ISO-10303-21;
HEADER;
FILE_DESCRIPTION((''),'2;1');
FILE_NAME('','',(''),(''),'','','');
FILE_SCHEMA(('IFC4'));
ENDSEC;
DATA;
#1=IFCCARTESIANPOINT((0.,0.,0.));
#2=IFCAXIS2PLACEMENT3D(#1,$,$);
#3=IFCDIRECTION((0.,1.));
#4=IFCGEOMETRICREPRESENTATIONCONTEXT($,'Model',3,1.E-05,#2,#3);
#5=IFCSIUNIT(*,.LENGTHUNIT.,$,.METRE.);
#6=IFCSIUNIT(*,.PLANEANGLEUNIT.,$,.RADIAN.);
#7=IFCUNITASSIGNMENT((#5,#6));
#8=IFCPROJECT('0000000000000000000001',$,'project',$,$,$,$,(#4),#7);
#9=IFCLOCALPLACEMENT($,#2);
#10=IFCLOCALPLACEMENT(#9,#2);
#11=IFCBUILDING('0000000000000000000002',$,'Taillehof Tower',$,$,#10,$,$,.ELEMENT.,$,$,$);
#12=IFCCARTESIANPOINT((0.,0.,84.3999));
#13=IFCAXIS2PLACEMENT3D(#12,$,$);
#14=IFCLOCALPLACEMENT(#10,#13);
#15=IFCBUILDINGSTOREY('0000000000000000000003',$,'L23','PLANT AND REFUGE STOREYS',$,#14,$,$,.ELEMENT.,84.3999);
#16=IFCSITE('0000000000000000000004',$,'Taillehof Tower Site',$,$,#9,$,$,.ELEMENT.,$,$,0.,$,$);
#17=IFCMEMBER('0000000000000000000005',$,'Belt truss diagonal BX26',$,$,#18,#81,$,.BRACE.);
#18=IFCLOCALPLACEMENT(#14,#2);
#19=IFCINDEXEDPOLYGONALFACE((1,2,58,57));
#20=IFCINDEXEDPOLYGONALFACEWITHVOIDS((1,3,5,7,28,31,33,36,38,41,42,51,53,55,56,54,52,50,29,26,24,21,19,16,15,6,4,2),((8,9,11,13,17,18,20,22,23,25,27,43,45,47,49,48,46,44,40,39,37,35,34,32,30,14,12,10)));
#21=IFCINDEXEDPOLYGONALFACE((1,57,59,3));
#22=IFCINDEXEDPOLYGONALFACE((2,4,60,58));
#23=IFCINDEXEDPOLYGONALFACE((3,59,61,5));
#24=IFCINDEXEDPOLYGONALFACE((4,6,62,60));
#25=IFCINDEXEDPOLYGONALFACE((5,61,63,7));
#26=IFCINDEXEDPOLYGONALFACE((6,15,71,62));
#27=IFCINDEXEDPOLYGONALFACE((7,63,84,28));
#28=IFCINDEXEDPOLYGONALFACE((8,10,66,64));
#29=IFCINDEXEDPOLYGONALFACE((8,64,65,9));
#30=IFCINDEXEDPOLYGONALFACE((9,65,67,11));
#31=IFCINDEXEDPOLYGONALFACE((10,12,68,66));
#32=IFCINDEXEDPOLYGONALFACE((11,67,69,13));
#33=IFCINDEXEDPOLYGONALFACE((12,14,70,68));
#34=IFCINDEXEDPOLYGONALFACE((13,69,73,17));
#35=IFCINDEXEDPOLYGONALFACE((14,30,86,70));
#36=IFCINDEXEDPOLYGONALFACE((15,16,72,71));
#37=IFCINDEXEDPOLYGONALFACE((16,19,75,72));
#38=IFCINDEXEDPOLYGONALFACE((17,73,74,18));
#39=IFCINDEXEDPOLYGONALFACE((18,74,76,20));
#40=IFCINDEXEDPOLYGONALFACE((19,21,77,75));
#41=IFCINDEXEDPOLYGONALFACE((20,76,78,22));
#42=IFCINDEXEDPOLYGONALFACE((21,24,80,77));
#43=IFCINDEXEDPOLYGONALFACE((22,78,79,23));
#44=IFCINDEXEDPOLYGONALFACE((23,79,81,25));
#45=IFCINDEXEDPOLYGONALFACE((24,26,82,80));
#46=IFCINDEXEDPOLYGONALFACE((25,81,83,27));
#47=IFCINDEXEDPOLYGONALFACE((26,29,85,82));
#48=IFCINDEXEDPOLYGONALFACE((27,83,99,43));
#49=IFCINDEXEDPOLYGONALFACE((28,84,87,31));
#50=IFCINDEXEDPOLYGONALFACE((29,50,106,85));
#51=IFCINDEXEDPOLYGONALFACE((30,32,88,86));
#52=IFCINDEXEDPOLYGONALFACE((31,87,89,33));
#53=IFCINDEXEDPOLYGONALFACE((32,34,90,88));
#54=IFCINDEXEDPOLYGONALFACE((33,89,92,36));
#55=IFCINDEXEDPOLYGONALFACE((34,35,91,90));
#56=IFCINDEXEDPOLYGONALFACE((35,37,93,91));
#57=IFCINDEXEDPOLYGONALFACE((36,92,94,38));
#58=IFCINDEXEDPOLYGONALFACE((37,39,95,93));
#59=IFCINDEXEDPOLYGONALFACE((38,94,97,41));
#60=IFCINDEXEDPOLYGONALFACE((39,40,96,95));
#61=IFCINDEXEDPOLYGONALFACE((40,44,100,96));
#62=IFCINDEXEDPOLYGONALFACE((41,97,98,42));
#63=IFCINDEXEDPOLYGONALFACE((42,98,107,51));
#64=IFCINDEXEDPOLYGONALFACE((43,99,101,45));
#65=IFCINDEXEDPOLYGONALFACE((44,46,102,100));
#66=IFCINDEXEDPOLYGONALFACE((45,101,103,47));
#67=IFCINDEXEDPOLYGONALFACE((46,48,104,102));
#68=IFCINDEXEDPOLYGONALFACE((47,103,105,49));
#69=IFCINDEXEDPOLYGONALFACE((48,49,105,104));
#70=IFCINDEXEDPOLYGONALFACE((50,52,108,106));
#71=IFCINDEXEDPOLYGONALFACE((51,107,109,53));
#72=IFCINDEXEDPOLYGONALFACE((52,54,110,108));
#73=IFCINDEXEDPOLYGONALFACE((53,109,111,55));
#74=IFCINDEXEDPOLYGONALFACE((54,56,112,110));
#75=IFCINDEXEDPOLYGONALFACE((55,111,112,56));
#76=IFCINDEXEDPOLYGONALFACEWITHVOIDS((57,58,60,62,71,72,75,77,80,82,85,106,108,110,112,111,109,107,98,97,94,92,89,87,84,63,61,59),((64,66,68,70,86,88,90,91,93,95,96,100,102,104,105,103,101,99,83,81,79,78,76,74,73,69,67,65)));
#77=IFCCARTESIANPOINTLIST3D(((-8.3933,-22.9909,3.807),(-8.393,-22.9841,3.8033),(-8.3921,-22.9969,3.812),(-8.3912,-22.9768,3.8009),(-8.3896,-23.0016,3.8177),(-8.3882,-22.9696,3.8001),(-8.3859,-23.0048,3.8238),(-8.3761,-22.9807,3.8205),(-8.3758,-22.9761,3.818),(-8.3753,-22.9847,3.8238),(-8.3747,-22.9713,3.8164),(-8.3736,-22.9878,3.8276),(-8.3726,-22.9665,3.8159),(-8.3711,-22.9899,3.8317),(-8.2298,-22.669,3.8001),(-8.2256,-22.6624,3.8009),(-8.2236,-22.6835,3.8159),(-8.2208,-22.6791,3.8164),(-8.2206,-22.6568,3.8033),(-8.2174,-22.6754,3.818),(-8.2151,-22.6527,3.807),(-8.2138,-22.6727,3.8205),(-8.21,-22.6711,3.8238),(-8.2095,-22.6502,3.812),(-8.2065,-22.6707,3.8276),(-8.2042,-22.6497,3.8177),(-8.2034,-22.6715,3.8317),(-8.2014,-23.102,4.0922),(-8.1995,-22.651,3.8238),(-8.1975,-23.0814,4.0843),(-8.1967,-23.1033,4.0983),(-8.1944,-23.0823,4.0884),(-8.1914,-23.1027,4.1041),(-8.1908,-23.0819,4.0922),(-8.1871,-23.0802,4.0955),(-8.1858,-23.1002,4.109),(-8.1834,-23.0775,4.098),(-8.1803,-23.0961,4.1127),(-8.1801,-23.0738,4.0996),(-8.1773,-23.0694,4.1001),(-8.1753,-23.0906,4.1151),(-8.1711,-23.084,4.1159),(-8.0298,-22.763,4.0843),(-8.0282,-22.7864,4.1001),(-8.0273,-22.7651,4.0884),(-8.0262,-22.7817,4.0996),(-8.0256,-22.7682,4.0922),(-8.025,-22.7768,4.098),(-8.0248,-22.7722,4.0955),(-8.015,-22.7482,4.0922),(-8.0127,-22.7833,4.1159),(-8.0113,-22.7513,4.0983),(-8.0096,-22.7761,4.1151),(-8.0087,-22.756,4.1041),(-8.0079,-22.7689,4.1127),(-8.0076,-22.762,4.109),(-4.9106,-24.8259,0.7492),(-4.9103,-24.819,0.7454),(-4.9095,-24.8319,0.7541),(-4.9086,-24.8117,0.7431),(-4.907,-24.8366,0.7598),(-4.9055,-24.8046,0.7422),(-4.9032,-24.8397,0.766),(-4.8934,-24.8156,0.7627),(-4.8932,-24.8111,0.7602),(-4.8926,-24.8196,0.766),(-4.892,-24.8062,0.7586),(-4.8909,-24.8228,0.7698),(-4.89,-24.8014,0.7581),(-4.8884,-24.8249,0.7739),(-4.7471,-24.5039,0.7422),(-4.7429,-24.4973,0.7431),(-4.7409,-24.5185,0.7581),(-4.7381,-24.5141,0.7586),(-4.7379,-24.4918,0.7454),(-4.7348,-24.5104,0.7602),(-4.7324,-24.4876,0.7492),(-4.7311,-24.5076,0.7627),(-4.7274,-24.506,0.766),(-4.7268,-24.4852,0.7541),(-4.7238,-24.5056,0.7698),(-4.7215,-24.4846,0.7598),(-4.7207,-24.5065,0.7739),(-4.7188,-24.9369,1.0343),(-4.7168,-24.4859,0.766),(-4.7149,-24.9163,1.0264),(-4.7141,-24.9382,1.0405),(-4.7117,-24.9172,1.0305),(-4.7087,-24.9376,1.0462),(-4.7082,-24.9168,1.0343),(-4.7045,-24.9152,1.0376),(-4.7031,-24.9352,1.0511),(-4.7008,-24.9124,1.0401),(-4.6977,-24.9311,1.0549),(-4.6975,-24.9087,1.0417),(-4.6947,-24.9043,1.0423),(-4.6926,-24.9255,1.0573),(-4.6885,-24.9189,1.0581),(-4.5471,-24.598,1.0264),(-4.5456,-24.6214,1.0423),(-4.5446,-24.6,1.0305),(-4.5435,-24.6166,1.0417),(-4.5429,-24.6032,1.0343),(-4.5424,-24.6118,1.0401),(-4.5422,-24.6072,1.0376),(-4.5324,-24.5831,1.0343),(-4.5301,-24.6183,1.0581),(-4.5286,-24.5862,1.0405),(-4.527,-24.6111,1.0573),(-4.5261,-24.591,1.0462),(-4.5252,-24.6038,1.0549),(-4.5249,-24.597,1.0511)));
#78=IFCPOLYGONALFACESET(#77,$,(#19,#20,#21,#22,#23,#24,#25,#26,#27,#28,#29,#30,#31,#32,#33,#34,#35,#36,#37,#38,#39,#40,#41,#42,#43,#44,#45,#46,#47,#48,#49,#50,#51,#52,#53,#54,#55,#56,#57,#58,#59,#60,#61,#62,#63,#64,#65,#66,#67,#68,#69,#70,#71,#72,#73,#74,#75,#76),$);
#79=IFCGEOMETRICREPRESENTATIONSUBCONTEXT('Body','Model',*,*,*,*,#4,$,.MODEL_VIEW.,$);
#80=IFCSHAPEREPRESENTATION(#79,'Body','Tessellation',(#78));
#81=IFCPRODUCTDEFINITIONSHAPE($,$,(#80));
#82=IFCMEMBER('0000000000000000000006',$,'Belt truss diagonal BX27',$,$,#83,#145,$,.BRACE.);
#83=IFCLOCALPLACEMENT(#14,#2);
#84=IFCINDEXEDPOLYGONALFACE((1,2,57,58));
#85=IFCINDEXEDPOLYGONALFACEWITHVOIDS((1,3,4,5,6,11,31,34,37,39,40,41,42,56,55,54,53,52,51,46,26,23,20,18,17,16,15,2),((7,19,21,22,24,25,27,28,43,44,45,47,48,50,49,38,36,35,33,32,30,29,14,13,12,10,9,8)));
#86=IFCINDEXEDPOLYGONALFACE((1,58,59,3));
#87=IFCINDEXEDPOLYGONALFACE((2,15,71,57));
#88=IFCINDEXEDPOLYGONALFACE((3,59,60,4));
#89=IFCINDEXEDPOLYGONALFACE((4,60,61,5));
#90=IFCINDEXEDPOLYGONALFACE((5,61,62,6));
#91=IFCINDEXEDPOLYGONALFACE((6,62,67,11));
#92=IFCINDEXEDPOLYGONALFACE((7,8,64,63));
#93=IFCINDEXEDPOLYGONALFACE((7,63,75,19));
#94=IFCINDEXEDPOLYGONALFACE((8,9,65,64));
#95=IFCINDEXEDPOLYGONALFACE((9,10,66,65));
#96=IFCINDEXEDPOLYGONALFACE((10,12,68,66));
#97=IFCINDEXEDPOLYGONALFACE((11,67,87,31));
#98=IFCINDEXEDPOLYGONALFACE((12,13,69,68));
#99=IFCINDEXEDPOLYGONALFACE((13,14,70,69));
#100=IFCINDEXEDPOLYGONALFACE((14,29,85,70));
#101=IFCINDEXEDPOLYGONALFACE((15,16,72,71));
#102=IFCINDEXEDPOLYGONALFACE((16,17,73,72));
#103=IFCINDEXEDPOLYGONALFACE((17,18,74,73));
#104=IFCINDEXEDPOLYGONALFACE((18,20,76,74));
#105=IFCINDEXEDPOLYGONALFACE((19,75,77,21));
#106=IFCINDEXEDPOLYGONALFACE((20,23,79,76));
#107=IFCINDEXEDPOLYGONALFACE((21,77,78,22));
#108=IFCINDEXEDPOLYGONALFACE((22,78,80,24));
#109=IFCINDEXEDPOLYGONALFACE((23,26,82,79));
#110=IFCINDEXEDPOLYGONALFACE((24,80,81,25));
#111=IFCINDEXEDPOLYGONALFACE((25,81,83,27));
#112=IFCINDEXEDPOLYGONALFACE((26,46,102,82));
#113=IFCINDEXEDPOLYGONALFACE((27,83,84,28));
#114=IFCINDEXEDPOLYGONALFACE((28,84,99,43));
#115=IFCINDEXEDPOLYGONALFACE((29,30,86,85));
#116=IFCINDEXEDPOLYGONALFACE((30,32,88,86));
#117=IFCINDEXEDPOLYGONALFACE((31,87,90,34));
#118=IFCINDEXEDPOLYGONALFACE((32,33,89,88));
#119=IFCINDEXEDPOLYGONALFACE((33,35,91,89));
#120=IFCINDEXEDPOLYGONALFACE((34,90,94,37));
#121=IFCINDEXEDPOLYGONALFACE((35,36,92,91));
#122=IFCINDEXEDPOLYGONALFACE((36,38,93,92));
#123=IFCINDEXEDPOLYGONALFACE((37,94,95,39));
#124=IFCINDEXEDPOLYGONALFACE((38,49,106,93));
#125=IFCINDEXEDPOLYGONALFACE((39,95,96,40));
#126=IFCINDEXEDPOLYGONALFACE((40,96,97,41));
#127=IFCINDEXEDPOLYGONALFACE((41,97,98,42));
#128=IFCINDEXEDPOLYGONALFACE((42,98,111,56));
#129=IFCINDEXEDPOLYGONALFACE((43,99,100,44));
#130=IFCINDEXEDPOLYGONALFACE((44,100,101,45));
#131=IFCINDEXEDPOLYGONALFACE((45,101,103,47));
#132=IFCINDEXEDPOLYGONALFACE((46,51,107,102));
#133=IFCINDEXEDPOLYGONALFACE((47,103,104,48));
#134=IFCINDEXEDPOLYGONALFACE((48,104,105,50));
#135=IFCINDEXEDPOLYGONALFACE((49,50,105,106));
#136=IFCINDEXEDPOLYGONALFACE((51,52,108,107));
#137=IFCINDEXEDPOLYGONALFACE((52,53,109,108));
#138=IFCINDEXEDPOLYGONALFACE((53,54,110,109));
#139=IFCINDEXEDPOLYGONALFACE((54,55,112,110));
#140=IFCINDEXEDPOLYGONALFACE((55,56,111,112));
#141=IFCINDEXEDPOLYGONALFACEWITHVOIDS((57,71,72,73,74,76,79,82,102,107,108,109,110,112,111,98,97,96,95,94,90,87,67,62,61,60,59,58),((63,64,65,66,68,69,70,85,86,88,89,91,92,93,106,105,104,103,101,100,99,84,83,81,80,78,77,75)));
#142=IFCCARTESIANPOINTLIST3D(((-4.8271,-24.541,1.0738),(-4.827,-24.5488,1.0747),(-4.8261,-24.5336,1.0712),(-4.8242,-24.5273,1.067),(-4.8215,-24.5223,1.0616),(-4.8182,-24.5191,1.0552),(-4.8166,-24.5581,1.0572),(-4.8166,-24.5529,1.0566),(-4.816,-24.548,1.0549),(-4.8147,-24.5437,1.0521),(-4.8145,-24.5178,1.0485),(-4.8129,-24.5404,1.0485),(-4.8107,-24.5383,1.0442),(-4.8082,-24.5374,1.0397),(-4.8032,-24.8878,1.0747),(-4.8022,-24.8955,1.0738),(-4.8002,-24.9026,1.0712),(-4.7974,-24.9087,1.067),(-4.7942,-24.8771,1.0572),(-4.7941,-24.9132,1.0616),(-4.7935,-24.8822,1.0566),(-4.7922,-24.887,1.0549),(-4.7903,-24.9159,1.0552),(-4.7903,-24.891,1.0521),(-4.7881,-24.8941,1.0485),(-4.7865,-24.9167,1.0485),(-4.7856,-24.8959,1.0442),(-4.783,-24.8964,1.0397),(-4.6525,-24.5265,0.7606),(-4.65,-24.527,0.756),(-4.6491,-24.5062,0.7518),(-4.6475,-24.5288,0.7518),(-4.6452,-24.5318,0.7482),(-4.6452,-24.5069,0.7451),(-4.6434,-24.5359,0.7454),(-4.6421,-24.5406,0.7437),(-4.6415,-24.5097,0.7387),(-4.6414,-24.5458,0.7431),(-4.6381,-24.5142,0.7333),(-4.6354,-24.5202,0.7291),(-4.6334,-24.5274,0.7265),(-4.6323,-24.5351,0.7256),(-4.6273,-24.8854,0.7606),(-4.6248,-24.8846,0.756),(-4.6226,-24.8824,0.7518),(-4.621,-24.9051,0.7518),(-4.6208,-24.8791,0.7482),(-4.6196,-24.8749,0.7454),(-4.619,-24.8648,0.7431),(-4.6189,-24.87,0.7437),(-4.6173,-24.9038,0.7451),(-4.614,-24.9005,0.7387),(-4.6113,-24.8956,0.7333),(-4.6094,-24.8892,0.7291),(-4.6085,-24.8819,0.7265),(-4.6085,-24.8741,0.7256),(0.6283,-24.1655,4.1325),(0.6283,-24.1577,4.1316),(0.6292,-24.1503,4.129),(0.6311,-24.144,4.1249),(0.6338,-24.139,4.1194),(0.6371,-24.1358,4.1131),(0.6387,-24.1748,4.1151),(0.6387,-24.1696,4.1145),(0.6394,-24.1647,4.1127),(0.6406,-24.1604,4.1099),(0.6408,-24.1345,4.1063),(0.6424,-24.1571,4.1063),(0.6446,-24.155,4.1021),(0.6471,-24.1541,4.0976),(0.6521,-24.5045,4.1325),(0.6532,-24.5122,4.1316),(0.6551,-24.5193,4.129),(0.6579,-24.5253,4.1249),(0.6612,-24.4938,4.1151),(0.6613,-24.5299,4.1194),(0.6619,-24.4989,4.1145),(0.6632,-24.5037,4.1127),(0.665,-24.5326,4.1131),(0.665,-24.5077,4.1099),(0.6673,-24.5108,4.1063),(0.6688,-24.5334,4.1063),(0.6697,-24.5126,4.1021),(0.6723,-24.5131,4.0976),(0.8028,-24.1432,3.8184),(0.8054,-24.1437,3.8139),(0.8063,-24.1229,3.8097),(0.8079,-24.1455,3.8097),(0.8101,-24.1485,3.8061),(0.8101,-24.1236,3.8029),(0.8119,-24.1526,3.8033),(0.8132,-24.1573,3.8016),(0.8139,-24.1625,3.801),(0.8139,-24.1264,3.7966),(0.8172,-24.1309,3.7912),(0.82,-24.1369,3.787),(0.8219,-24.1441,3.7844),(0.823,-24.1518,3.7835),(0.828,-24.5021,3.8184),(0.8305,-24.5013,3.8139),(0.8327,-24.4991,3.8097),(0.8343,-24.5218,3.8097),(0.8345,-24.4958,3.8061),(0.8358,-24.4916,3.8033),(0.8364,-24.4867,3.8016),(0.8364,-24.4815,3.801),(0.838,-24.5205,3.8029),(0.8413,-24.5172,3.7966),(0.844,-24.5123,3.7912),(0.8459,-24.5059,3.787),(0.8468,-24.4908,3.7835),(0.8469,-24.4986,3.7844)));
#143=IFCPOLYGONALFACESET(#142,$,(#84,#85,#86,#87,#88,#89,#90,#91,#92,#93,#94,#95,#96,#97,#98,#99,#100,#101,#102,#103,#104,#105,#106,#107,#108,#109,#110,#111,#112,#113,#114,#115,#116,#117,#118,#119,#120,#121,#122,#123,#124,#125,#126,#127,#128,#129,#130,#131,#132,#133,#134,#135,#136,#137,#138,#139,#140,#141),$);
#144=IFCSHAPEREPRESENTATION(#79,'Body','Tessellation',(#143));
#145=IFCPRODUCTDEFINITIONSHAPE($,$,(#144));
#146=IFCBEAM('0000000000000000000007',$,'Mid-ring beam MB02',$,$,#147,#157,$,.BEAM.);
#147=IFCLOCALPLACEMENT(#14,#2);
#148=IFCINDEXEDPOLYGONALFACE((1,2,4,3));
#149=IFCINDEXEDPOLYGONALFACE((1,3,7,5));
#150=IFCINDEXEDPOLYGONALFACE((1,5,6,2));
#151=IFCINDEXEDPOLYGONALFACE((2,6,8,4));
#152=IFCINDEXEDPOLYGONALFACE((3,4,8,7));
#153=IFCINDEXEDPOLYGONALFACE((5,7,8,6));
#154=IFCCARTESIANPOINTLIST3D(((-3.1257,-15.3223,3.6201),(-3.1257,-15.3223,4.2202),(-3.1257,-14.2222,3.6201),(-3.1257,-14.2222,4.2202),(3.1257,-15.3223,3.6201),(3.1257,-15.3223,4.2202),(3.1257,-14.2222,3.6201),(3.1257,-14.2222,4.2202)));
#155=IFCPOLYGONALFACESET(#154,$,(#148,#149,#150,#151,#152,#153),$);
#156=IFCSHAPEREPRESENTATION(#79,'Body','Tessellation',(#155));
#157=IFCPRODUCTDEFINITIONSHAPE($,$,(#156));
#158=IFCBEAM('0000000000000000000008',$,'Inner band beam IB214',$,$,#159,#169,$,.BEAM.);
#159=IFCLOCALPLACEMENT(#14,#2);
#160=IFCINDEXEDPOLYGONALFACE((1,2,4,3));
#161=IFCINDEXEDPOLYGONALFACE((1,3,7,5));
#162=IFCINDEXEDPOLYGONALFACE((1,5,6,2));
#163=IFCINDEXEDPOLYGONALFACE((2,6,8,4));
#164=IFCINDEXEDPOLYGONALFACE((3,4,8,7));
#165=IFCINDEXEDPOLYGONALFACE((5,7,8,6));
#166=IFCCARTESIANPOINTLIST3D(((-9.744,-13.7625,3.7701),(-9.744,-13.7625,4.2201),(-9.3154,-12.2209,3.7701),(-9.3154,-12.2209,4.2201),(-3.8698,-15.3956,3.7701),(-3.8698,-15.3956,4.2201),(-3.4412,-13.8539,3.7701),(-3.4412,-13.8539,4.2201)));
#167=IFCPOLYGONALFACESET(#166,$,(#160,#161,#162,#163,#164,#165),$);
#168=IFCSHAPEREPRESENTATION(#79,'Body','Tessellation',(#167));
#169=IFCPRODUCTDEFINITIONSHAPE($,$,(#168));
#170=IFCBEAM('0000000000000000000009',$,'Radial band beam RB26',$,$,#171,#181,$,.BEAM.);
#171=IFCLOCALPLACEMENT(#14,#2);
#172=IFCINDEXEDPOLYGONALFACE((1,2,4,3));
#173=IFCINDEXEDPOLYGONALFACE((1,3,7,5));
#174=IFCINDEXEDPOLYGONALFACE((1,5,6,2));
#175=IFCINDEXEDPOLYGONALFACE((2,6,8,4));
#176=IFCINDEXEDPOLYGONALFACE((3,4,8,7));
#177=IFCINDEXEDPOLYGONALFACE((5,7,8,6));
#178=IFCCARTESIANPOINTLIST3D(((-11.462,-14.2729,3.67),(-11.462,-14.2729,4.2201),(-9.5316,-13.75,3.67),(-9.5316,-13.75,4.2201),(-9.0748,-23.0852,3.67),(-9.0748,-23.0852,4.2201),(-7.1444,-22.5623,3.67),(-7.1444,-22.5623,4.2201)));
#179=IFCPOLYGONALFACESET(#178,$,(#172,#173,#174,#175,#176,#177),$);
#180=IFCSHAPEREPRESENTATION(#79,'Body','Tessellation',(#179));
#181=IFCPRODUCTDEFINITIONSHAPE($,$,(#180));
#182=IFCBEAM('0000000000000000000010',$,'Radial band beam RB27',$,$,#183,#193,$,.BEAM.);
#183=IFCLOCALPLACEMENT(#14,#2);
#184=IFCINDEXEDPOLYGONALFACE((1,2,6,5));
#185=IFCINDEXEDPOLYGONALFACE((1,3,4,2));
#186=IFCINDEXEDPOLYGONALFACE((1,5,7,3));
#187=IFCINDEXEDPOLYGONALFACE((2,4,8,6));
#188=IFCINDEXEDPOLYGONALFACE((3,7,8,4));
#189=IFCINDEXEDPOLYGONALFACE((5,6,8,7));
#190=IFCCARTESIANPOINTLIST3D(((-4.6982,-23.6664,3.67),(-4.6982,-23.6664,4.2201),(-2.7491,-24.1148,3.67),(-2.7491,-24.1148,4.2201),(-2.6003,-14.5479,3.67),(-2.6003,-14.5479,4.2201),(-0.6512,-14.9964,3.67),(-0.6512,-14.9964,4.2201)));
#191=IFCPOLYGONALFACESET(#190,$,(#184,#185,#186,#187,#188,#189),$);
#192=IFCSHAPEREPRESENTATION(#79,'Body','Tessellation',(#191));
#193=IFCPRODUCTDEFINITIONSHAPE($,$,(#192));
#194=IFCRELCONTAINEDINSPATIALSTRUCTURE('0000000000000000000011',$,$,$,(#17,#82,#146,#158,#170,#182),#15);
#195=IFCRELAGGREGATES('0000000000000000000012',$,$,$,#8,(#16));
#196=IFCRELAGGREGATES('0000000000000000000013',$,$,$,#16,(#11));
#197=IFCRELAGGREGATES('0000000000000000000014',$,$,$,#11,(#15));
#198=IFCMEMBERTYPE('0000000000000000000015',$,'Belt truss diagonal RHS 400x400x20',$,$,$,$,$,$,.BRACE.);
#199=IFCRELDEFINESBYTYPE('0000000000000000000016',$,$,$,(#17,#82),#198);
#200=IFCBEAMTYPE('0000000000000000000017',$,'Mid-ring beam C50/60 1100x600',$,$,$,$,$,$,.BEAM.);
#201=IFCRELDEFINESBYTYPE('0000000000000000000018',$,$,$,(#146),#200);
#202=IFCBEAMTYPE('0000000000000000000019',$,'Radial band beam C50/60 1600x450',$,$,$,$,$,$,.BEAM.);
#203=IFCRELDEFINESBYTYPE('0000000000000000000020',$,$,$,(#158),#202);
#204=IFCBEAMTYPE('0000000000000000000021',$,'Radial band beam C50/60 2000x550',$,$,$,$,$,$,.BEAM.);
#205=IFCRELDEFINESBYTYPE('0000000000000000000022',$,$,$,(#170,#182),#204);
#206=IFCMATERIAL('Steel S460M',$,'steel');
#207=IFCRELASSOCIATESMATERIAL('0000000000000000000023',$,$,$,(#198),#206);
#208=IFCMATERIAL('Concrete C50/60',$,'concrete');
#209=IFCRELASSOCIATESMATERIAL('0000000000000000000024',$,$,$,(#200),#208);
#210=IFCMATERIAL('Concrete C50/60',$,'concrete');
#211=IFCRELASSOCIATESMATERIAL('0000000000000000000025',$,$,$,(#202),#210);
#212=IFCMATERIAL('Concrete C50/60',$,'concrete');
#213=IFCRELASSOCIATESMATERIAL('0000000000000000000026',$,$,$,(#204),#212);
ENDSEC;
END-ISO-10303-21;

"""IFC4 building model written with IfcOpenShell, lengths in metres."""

from ifc_helpers import new_model, si_unit, direction, frame, origin, origin_2d, place, context, subcontext, project, spatial, rectangle, hollow_rectangle, extrude, material, material_profile, profile_set, type_object, element, save


model = new_model("IFC4")

# Units and contexts
model_context = context("Model", 3, precision=1e-05, world=origin(), true_north=direction((0.0, 1.0)))
body_context = subcontext(model_context, "Body", "Model", "MODEL_VIEW")
ifc_project = project(units=[si_unit("LENGTHUNIT", "METRE"), si_unit("PLANEANGLEUNIT", "RADIAN")], contexts=[model_context])

# Site, building, storey
site_placement = place(None, origin())
site = spatial("IfcSite", under=ifc_project, at=site_placement, Name="Taillehof Tower Site", CompositionType="ELEMENT", RefElevation=0.0)
building_placement = place(site_placement, origin())
building = spatial("IfcBuilding", under=site, at=building_placement, Name="Taillehof Tower", CompositionType="ELEMENT")
storey_placement = place(building_placement, frame((0.0, 0.0, 84.3999)))
storey = spatial("IfcBuildingStorey", under=building, at=storey_placement, Name="L23", Description="PLANT AND REFUGE STOREYS", CompositionType="ELEMENT", Elevation=84.3999)

# Members
ifc_material_1 = material(Name="Steel S460M", Category="steel")
ifc_material_profile_1 = material_profile(ifc_material_1, hollow_rectangle(XDim=0.3999, YDim=0.3999, WallThickness=0.02, InnerFilletRadius=0.02, OuterFilletRadius=0.03, at=origin_2d()), Name="RHS 400x400x20")
ifc_profile_set_1 = profile_set([ifc_material_profile_1], Name="Steel S460M")
member_type_1 = type_object("IfcMemberType", Name="Belt truss diagonal RHS 400x400x20", PredefinedType="BRACE", material=ifc_profile_set_1)
member_1_placement = place(storey_placement, frame((-8.2004, -22.8765, 3.958), z_axis=(0.698681, -0.368124, -0.613458), x_axis=(0.46614, 0.884711, 0.0)))
element("IfcMember", 1, at=member_1_placement, inside=storey, type_object=member_type_1, Name="Belt truss diagonal BX26", PredefinedType="BRACE", context=body_context, shape_type="SweptSolid", body=[
    extrude(hollow_rectangle(XDim=0.3999, YDim=0.3999, WallThickness=0.02, InnerFilletRadius=0.02, OuterFilletRadius=0.03, at=origin_2d()), origin(), (0.0, 0.0, 1.0), 4.9846),
])
member_2_placement = place(storey_placement, frame((-4.7178, -24.7114, 0.9001), z_axis=(0.870676, 0.061175, 0.488038), x_axis=(-0.070089, 0.997541, 0.0)))
element("IfcMember", 2, at=member_2_placement, inside=storey, type_object=member_type_1, Name="Belt truss diagonal BX27", PredefinedType="BRACE", context=body_context, shape_type="SweptSolid", body=[
    extrude(hollow_rectangle(XDim=0.3999, YDim=0.3999, WallThickness=0.02, InnerFilletRadius=0.02, OuterFilletRadius=0.03, at=origin_2d()), origin(), (0.0, 0.0, 1.0), 6.2656),
])

# Beams
ifc_material_2 = material(Name="Concrete C50/60", Category="concrete")
ifc_material_profile_2 = material_profile(ifc_material_2, rectangle(XDim=1.1001, YDim=0.6001, at=origin_2d()), Name="RC 1100x600")
ifc_profile_set_2 = profile_set([ifc_material_profile_2], Name="Concrete C50/60")
beam_type_1 = type_object("IfcBeamType", Name="Mid-ring beam C50/60 1100x600", PredefinedType="BEAM", material=ifc_profile_set_2)
beam_1_placement = place(storey_placement, frame((-3.1257, -14.7722, 3.9202), z_axis=(1.0, 0.0, 0.0), x_axis=(0.0, 1.0, 0.0)))
element("IfcBeam", 3, at=beam_1_placement, inside=storey, type_object=beam_type_1, Name="Mid-ring beam MB02", PredefinedType="BEAM", context=body_context, shape_type="SweptSolid", body=[
    extrude(rectangle(XDim=1.1001, YDim=0.6001, at=origin_2d()), origin(), (0.0, 0.0, 1.0), 6.2515),
])
ifc_material_3 = material(Name="Concrete C50/60", Category="concrete")
ifc_material_profile_3 = material_profile(ifc_material_3, rectangle(XDim=1.6001, YDim=0.45, at=origin_2d()), Name="RC 1600x450")
ifc_profile_set_3 = profile_set([ifc_material_profile_3], Name="Concrete C50/60")
beam_type_2 = type_object("IfcBeamType", Name="Radial band beam C50/60 1600x450", PredefinedType="BEAM", material=ifc_profile_set_3)
beam_2_placement = place(storey_placement, frame((-3.6555, -14.6248, 3.9951), z_axis=(-0.963459, 0.267855, 0.0), x_axis=(-0.267855, -0.963459, 0.0)))
element("IfcBeam", 4, at=beam_2_placement, inside=storey, type_object=beam_type_2, Name="Inner band beam IB214", PredefinedType="BEAM", context=body_context, shape_type="SweptSolid", body=[
    extrude(rectangle(XDim=1.6001, YDim=0.45, at=origin_2d()), origin(), (0.0, 0.0, 1.0), 6.0969),
])
ifc_material_4 = material(Name="Concrete C50/60", Category="concrete")
ifc_material_profile_4 = material_profile(ifc_material_4, rectangle(XDim=2.0, YDim=0.55, at=origin_2d()), Name="RC 2000x550")
ifc_profile_set_4 = profile_set([ifc_material_profile_4], Name="Concrete C50/60")
beam_type_3 = type_object("IfcBeamType", Name="Radial band beam C50/60 2000x550", PredefinedType="BEAM", material=ifc_profile_set_4)
beam_3_placement = place(storey_placement, frame((-8.1096, -22.8237, 3.9451), z_axis=(-0.261472, 0.965211, 0.0), x_axis=(-0.965211, -0.261472, 0.0)))
element("IfcBeam", 5, at=beam_3_placement, inside=storey, type_object=beam_type_3, Name="Radial band beam RB26", PredefinedType="BEAM", context=body_context, shape_type="SweptSolid", body=[
    extrude(rectangle(XDim=2.0, YDim=0.55, at=origin_2d()), origin(), (0.0, 0.0, 1.0), 9.1299),
])
beam_4_placement = place(storey_placement, frame((-3.7236, -23.8906, 3.9451), z_axis=(0.224215, 0.97454, 0.0), x_axis=(-0.97454, 0.224215, 0.0)))
element("IfcBeam", 6, at=beam_4_placement, inside=storey, type_object=beam_type_3, Name="Radial band beam RB27", PredefinedType="BEAM", context=body_context, shape_type="SweptSolid", body=[
    extrude(rectangle(XDim=2.0, YDim=0.55, at=origin_2d()), origin(), (0.0, 0.0, 1.0), 9.3567),
])

save(model, "model.ifc")
